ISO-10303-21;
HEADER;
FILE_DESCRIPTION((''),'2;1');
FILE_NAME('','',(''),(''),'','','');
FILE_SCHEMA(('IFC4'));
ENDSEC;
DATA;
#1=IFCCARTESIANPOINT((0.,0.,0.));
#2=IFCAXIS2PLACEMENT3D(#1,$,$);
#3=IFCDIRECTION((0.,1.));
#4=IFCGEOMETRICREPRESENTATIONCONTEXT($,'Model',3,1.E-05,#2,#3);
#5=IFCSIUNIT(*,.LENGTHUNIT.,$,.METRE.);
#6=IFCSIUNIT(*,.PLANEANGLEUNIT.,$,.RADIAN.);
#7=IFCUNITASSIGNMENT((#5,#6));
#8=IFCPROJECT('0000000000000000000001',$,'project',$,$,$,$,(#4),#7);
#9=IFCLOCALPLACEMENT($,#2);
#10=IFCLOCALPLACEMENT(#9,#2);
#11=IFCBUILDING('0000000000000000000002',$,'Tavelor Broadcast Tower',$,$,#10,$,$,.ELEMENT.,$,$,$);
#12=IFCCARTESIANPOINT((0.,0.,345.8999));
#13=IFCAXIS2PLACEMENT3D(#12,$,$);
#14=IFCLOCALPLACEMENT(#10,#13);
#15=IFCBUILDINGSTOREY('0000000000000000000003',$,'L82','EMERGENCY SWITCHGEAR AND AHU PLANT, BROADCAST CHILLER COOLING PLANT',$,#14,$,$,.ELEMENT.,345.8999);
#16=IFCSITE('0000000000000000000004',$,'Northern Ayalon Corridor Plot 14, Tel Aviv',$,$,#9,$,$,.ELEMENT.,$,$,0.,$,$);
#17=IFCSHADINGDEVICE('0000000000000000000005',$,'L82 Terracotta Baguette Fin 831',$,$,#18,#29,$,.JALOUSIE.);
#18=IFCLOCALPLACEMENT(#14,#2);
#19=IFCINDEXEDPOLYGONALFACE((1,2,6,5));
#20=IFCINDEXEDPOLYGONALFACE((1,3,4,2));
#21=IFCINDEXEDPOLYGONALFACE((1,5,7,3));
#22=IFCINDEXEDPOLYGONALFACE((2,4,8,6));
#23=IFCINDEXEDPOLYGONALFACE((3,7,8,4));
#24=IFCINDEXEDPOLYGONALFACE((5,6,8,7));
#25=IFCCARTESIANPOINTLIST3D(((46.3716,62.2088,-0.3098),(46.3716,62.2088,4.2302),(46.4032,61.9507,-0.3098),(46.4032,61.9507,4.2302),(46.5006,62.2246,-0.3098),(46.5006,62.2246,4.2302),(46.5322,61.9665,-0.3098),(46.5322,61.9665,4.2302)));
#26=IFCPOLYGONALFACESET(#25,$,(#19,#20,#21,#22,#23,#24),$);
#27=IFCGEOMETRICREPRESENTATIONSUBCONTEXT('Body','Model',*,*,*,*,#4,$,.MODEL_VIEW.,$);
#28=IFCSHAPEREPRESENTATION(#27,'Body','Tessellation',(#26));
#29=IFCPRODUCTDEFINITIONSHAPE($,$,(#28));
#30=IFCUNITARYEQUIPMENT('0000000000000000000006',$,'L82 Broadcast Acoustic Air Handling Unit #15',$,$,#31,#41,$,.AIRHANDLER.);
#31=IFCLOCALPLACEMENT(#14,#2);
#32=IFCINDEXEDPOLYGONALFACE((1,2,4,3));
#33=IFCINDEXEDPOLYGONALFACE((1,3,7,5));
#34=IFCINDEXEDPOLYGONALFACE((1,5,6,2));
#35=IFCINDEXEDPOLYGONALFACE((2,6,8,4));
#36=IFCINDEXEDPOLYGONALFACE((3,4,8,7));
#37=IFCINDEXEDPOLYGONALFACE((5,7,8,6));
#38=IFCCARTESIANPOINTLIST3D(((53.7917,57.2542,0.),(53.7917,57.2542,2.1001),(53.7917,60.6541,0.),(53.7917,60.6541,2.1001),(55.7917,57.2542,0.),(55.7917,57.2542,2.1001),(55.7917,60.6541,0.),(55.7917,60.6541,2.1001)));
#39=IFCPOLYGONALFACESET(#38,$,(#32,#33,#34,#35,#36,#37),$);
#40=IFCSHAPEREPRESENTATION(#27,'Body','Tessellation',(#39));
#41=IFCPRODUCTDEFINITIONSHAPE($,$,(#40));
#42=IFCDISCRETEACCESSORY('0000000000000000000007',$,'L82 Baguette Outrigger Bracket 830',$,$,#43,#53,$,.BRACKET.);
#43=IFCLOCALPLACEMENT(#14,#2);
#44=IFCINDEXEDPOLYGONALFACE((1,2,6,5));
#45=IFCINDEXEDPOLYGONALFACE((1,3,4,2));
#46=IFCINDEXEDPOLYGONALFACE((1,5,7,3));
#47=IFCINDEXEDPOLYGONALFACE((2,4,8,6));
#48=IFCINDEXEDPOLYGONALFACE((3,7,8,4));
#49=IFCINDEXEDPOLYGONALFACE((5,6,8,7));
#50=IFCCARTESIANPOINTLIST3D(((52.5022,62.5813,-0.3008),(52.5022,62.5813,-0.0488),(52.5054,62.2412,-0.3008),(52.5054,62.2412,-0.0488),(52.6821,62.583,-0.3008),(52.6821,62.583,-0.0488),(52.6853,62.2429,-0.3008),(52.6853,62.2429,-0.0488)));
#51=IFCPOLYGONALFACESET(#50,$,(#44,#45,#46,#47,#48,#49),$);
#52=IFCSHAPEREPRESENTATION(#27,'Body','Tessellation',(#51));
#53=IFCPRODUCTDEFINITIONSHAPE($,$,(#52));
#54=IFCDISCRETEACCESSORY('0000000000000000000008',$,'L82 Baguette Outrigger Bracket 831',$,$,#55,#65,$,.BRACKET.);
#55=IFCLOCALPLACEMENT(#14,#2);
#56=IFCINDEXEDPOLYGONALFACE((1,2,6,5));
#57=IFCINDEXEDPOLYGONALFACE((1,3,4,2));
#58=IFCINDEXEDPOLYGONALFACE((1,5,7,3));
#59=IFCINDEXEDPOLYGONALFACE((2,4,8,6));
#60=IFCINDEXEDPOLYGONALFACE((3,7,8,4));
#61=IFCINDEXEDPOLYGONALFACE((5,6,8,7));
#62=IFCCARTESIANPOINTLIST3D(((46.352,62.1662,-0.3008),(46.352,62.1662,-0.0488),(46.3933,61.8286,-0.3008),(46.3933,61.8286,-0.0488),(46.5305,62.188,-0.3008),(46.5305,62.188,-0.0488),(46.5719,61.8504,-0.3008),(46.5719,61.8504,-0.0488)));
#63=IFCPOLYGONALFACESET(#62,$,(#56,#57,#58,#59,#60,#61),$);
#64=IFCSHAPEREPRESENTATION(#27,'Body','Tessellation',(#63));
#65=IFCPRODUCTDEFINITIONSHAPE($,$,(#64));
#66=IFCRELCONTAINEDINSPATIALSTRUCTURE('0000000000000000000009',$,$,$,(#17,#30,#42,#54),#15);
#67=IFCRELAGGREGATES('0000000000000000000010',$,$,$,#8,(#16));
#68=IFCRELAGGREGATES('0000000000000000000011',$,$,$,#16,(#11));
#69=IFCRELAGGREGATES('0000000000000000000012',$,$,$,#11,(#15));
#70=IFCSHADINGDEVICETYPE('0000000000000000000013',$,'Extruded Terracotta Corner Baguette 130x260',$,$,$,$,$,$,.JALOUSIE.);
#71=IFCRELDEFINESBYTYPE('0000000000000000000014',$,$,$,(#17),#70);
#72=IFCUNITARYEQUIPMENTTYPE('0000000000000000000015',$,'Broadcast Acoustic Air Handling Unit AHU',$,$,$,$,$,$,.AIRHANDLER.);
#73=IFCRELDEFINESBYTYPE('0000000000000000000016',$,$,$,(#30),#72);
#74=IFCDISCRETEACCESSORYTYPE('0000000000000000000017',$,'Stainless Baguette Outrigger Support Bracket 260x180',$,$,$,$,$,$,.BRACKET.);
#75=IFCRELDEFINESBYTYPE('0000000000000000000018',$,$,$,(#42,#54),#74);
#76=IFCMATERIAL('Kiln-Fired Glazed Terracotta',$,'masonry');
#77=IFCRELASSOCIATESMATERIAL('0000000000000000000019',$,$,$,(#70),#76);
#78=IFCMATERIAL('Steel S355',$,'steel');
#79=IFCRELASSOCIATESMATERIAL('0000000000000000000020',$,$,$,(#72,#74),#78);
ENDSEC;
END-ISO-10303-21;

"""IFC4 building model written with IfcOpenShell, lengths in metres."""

from ifc_helpers import new_model, si_unit, direction, frame, origin, origin_2d, place, context, subcontext, project, spatial, rectangle, extrude, source, transform, mapped, material, type_object, type_shapes, element, save


model = new_model("IFC4")

# Units and contexts
model_context = context("Model", 3, precision=1e-05, world=origin(), true_north=direction((0.0, 1.0)))
body_context = subcontext(model_context, "Body", "Model", "MODEL_VIEW")
ifc_project = project(units=[si_unit("LENGTHUNIT", "METRE"), si_unit("PLANEANGLEUNIT", "RADIAN")], contexts=[model_context])

# Site, building, storey
site_placement = place(None, origin())
site = spatial("IfcSite", under=ifc_project, at=site_placement, Name="Northern Ayalon Corridor Plot 14, Tel Aviv", CompositionType="ELEMENT", RefElevation=0.0)
building_placement = place(site_placement, origin())
building = spatial("IfcBuilding", under=site, at=building_placement, Name="Tavelor Broadcast Tower", CompositionType="ELEMENT")
storey_placement = place(building_placement, frame((0.0, 0.0, 345.8999)))
storey = spatial("IfcBuildingStorey", under=building, at=storey_placement, Name="L82", Description="EMERGENCY SWITCHGEAR AND AHU PLANT, BROADCAST CHILLER COOLING PLANT", CompositionType="ELEMENT", Elevation=345.8999)

# Shared definitions
ifc_material_1 = material(Name="Steel S355", Category="steel")

# Shading device
ifc_material_2 = material(Name="Kiln-Fired Glazed Terracotta", Category="masonry")
shading_device_type = type_object("IfcShadingDeviceType", Name="Extruded Terracotta Corner Baguette 130x260", PredefinedType="JALOUSIE", material=ifc_material_2)
shared_shape_1 = source(origin(), body_context, "Body", "SweptSolid", [
    extrude(rectangle(XDim=0.1299, YDim=0.26, at=origin_2d()), origin(), (0.0, 0.0, 1.0), 4.54),
])
type_shapes(shading_device_type, [shared_shape_1])
for number, where, z_axis, x_axis, name in (
    (1, (46.4519, 62.0876, -0.3098), (0.0, 0.0, 1.0), (-0.992589, -0.121523, 0.0), "L82 Terracotta Baguette Fin 831"),
):
    element("IfcShadingDevice", number, at=place(storey_placement, frame(where, z_axis=z_axis, x_axis=x_axis)), inside=storey, type_object=shading_device_type, Name=name, PredefinedType="JALOUSIE", context=body_context, shape_type="MappedRepresentation", body=[
        mapped(shared_shape_1, transform((0.0, 0.0, 0.0), scale=1.0)),
    ])

# Unitary equipment
unitary_equipment_type = type_object("IfcUnitaryEquipmentType", Name="Broadcast Acoustic Air Handling Unit AHU", PredefinedType="AIRHANDLER", material=ifc_material_1)
unitary_equipment_placement = place(storey_placement, frame((54.7917, 58.9541, 0.0), z_axis=(0.0, 0.0, 1.0), x_axis=(1.0, 0.0, 0.0)))
element("IfcUnitaryEquipment", 2, at=unitary_equipment_placement, inside=storey, type_object=unitary_equipment_type, Name="L82 Broadcast Acoustic Air Handling Unit #15", PredefinedType="AIRHANDLER", context=body_context, shape_type="SweptSolid", body=[
    extrude(rectangle(XDim=2.0, YDim=3.3999, at=origin_2d()), origin(), (0.0, 0.0, 1.0), 2.1001),
])

# Discrete accessories
discrete_accessory_type = type_object("IfcDiscreteAccessoryType", Name="Stainless Baguette Outrigger Support Bracket 260x180", PredefinedType="BRACKET", material=ifc_material_1)
shared_shape_2 = source(origin(), body_context, "Body", "SweptSolid", [
    extrude(rectangle(XDim=0.1799, YDim=0.3401, at=origin_2d()), origin(), (0.0, 0.0, 1.0), 0.252),
])
type_shapes(discrete_accessory_type, [shared_shape_2])
for number, where, z_axis, x_axis, name in (
    (3, (52.5938, 62.4121, -0.3008), (0.0, 0.0, 1.0), (-0.999954, -0.009599, 0.0), "L82 Baguette Outrigger Bracket 830"),
    (4, (46.4619, 62.0083, -0.3008), (0.0, 0.0, 1.0), (-0.992589, -0.121523, 0.0), "L82 Baguette Outrigger Bracket 831"),
):
    element("IfcDiscreteAccessory", number, at=place(storey_placement, frame(where, z_axis=z_axis, x_axis=x_axis)), inside=storey, type_object=discrete_accessory_type, Name=name, PredefinedType="BRACKET", context=body_context, shape_type="MappedRepresentation", body=[
        mapped(shared_shape_2, transform((0.0, 0.0, 0.0), scale=1.0)),
    ])

save(model, "model.ifc")
